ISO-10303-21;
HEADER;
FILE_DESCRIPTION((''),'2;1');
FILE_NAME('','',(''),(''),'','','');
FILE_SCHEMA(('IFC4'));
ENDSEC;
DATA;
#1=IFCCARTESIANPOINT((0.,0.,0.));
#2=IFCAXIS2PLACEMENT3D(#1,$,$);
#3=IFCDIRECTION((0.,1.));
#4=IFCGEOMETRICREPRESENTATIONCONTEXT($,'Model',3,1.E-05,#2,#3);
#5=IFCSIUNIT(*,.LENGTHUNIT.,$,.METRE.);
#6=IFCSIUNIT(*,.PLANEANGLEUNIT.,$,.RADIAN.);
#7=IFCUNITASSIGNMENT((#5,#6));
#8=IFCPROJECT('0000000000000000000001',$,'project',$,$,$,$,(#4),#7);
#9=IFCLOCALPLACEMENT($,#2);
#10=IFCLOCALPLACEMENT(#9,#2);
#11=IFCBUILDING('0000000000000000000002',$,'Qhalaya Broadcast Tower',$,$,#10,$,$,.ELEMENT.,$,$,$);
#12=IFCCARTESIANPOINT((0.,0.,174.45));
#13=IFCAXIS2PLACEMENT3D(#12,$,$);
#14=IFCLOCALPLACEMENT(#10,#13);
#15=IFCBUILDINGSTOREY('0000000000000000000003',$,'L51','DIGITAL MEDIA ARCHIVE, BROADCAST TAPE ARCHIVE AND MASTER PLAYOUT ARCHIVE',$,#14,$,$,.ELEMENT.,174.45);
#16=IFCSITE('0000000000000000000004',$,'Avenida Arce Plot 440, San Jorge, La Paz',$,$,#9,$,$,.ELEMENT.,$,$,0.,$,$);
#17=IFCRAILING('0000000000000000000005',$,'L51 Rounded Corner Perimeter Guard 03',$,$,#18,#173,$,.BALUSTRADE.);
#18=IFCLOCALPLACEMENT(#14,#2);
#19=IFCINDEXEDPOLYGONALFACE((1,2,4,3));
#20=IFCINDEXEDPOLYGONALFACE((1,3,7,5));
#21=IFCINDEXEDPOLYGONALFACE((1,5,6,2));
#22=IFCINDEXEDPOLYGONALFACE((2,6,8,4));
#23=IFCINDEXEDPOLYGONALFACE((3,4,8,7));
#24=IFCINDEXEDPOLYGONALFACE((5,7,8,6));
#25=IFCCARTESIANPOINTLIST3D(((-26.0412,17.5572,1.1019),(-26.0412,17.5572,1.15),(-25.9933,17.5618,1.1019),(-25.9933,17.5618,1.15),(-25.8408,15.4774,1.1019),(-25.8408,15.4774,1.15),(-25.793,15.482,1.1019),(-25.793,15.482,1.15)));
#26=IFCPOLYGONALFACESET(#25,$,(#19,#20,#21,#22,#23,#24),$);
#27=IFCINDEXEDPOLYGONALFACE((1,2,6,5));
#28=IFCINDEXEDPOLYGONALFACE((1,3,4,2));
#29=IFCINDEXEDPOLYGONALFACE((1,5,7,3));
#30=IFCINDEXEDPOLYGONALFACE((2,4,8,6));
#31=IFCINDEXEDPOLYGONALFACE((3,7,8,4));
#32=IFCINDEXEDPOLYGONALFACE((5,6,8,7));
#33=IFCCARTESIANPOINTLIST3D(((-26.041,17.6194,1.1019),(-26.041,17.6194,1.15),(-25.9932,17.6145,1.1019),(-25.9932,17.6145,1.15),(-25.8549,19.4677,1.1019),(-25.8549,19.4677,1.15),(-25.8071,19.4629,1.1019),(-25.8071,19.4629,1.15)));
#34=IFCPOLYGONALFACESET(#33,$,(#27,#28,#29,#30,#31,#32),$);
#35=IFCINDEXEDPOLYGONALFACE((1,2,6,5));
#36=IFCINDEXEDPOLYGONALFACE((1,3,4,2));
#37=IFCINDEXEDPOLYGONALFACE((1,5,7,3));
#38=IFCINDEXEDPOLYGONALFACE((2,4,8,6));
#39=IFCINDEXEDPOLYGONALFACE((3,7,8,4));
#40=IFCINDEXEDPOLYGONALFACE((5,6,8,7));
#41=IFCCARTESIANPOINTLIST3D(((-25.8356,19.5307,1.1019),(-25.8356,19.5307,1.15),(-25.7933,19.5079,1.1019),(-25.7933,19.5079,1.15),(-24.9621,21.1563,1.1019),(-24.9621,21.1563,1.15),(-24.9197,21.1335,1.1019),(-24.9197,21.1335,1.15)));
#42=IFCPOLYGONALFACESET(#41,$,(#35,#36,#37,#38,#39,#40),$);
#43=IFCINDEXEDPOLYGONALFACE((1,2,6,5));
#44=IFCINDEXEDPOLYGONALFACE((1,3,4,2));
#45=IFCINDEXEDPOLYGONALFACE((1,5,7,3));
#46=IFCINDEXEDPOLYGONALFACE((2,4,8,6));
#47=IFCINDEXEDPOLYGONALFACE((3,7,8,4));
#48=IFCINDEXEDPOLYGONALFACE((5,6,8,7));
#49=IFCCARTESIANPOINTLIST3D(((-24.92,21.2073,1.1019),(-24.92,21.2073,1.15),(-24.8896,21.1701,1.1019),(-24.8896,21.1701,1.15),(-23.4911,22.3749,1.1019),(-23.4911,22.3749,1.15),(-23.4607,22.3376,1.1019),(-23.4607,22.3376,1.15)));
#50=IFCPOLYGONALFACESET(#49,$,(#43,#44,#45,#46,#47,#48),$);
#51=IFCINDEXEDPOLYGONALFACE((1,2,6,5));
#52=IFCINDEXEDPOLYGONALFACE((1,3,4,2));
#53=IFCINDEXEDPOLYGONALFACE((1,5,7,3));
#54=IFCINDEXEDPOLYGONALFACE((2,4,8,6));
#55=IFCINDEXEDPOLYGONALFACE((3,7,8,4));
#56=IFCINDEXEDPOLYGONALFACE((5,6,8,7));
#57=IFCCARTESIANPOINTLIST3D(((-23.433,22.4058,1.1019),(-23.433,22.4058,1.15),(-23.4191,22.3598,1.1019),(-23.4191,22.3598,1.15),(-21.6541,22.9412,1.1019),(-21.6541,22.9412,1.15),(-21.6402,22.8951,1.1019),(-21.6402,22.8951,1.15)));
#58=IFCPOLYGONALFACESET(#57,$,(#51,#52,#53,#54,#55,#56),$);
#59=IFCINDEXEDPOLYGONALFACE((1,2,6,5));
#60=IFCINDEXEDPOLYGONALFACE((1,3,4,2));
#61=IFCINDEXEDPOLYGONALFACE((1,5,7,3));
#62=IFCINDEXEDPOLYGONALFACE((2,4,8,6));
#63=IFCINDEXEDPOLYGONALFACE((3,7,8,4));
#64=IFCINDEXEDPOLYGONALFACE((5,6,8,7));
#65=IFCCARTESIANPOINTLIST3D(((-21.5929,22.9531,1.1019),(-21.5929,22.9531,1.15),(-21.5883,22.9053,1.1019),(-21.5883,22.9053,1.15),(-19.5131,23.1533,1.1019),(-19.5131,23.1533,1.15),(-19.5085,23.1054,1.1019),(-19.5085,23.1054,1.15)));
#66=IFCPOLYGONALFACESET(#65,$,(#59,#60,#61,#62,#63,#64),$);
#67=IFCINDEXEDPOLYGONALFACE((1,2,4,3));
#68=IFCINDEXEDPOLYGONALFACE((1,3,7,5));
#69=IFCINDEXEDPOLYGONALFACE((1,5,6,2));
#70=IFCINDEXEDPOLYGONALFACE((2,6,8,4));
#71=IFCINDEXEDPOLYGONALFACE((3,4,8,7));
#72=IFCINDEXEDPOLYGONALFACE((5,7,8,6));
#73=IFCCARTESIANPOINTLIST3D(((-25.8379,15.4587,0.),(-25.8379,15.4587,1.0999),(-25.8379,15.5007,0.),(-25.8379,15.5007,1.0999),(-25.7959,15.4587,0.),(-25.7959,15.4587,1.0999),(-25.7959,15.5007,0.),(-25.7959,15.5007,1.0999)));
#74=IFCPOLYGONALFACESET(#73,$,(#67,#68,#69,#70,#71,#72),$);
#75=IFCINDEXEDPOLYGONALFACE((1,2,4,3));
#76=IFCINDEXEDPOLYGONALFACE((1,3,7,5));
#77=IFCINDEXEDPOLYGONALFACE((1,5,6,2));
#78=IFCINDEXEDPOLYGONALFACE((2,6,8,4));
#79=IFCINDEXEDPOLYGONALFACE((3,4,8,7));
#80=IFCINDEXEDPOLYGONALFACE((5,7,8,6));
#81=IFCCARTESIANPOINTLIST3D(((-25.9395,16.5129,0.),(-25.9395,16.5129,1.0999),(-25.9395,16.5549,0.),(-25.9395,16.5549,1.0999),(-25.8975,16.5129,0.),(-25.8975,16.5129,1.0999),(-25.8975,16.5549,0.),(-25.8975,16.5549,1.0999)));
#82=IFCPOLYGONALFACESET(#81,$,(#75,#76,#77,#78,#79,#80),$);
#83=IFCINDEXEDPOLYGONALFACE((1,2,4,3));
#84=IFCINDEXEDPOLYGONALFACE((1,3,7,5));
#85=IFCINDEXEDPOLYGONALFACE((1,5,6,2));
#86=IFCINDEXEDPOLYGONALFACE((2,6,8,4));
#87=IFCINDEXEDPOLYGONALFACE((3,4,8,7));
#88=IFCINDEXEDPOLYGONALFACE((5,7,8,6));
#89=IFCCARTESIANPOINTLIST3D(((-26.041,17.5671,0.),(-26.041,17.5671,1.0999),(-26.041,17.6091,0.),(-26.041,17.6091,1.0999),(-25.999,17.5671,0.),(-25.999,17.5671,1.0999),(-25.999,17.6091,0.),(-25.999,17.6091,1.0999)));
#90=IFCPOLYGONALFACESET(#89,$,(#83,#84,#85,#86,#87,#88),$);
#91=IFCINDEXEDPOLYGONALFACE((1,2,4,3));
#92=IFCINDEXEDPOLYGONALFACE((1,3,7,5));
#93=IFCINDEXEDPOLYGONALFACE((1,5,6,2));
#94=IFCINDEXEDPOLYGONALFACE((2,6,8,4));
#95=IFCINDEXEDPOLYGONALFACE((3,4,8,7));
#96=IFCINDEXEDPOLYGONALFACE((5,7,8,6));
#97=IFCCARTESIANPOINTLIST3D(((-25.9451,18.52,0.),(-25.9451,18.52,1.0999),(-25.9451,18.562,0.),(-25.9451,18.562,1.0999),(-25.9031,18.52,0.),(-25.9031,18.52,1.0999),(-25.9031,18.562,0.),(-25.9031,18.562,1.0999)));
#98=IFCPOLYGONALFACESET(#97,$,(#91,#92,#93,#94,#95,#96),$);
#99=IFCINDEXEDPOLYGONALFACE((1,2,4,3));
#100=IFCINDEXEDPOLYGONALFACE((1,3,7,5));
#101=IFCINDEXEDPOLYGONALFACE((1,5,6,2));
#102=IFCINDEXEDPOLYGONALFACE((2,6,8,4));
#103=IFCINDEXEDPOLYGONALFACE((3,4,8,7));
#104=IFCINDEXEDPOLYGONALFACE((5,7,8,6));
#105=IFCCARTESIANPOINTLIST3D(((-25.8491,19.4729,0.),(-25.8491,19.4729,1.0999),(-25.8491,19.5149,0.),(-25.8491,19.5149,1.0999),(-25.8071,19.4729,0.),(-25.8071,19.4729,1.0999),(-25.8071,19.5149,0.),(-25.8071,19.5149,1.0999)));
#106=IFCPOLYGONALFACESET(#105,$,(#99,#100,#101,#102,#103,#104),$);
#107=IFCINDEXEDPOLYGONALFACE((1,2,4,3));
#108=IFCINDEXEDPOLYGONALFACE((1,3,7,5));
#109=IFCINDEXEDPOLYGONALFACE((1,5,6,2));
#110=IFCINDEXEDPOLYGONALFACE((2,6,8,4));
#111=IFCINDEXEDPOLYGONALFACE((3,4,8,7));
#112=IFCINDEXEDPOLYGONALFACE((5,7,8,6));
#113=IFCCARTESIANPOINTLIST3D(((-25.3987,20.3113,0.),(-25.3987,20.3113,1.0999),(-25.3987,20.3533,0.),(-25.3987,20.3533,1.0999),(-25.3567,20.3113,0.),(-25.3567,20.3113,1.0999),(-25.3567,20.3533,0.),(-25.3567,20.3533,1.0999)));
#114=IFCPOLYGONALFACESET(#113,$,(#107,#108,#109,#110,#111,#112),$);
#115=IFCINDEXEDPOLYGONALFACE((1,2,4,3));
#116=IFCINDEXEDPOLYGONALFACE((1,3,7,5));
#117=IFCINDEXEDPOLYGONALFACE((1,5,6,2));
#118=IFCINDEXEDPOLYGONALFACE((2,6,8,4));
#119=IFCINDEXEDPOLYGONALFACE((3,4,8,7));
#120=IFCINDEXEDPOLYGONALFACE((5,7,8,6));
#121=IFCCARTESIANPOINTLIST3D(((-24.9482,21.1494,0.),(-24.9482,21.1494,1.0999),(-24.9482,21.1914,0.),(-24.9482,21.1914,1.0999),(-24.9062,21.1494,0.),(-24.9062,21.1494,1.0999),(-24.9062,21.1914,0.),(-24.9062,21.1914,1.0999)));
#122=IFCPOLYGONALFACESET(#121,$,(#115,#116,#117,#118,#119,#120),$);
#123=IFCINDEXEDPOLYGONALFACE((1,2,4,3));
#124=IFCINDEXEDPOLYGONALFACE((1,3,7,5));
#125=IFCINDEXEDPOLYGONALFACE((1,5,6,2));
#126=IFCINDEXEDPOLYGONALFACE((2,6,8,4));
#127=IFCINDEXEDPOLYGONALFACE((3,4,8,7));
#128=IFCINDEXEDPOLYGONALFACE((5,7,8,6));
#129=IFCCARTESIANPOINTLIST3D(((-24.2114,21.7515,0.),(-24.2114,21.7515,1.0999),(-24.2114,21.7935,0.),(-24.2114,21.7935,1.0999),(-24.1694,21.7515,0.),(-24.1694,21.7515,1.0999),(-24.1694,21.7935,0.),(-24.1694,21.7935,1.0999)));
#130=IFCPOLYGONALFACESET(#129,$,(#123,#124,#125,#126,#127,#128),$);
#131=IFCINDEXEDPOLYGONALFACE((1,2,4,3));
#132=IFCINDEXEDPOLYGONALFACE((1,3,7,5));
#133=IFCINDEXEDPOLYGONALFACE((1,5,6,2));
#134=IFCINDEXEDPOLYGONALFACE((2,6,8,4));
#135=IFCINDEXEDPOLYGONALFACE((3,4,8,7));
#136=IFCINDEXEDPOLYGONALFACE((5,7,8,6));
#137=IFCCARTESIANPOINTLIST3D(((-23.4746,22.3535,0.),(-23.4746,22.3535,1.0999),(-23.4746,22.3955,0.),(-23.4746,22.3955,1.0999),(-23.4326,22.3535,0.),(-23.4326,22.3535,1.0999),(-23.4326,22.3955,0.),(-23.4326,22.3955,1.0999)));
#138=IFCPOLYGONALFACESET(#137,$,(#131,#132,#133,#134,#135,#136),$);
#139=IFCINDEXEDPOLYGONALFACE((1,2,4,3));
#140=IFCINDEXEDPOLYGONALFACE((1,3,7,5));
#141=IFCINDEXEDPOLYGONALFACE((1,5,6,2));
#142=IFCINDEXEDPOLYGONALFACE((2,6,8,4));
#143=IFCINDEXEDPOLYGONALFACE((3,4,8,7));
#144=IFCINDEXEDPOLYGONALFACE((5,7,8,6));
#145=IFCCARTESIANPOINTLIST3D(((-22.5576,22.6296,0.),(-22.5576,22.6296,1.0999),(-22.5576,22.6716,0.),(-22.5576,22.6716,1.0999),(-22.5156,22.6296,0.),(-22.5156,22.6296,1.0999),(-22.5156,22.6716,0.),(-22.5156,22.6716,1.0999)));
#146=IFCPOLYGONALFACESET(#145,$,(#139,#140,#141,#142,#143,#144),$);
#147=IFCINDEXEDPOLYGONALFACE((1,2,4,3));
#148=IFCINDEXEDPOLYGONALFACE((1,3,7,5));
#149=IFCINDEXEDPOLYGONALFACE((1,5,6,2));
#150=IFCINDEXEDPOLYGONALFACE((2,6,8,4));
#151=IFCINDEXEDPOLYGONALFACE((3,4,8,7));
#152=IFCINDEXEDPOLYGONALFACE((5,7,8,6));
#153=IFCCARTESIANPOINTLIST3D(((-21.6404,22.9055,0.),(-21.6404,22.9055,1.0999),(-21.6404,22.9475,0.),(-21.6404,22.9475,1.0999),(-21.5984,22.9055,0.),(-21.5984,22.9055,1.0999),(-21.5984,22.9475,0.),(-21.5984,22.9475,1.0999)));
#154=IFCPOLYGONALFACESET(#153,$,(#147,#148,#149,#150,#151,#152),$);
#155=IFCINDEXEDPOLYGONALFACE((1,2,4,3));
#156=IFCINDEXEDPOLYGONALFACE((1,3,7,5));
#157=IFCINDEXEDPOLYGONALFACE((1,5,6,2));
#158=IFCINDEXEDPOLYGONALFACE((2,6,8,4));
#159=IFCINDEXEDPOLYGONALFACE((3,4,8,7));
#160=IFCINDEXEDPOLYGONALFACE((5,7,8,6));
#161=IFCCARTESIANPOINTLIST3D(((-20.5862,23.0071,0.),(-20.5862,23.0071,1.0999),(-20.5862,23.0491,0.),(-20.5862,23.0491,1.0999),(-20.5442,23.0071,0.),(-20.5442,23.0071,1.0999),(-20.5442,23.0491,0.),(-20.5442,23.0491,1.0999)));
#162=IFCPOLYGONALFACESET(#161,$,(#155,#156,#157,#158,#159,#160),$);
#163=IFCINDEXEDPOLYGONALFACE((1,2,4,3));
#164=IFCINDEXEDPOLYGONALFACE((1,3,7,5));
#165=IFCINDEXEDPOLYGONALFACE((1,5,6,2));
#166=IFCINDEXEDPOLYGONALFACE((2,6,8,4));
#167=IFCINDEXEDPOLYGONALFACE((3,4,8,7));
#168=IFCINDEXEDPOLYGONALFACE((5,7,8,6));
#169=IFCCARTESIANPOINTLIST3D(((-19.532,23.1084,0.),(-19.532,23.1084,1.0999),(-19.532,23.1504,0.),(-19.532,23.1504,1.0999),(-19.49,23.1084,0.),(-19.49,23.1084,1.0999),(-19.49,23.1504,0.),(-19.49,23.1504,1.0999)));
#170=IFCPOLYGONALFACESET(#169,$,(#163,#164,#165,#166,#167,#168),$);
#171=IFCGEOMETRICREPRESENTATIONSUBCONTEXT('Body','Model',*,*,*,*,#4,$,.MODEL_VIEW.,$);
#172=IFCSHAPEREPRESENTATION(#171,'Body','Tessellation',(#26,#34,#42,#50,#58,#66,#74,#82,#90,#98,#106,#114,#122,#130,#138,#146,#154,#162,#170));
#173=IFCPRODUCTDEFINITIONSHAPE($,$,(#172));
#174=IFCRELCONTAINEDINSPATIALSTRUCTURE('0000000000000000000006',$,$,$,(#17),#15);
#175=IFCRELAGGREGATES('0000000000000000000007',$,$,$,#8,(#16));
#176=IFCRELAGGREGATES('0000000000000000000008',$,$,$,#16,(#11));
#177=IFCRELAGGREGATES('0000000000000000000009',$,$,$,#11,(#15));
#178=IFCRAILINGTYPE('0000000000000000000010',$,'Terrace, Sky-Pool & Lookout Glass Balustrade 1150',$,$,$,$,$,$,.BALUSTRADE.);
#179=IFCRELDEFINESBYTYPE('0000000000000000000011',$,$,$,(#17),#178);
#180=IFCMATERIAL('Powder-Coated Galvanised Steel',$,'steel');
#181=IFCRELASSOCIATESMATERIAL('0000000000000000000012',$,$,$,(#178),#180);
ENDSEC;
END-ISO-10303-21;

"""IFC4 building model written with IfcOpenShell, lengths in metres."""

from ifc_helpers import new_model, si_unit, direction, frame, origin, origin_2d, place, context, subcontext, project, spatial, rectangle, extrude, material, type_object, element, save


model = new_model("IFC4")

# Units and contexts
model_context = context("Model", 3, precision=1e-05, world=origin(), true_north=direction((0.0, 1.0)))
body_context = subcontext(model_context, "Body", "Model", "MODEL_VIEW")
ifc_project = project(units=[si_unit("LENGTHUNIT", "METRE"), si_unit("PLANEANGLEUNIT", "RADIAN")], contexts=[model_context])

# Site, building, storey
site_placement = place(None, origin())
site = spatial("IfcSite", under=ifc_project, at=site_placement, Name="Avenida Arce Plot 440, San Jorge, La Paz", CompositionType="ELEMENT", RefElevation=0.0)
building_placement = place(site_placement, origin())
building = spatial("IfcBuilding", under=site, at=building_placement, Name="Qhalaya Broadcast Tower", CompositionType="ELEMENT")
storey_placement = place(building_placement, frame((0.0, 0.0, 174.45)))
storey = spatial("IfcBuildingStorey", under=building, at=storey_placement, Name="L51", Description="DIGITAL MEDIA ARCHIVE, BROADCAST TAPE ARCHIVE AND MASTER PLAYOUT ARCHIVE", CompositionType="ELEMENT", Elevation=174.45)

# Railing
ifc_material_1 = material(Name="Powder-Coated Galvanised Steel", Category="steel")
railing_type = type_object("IfcRailingType", Name="Terrace, Sky-Pool & Lookout Glass Balustrade 1150", PredefinedType="BALUSTRADE", material=ifc_material_1)
railing_placement = place(storey_placement, frame((-25.8169, 15.4797, 0.0)))
element("IfcRailing", 1, at=railing_placement, inside=storey, type_object=railing_type, Name="L51 Rounded Corner Perimeter Guard 03", PredefinedType="BALUSTRADE", context=body_context, shape_type="SweptSolid", body=[
    extrude(rectangle(XDim=0.0481, YDim=0.0481, at=origin_2d()), frame((0.0, 0.0, 1.126), z_axis=(-0.095897, 0.995391, 0.0), x_axis=(-0.995391, -0.095897, 0.0)), (0.0, 0.0, 1.0), 2.0894),
    extrude(rectangle(XDim=0.0481, YDim=0.0481, at=origin_2d()), frame((-0.2002, 2.1372, 1.126), z_axis=(0.100185, 0.994969, 0.0), x_axis=(-0.994969, 0.100185, 0.0)), (0.0, 0.0, 1.0), 1.8577),
    extrude(rectangle(XDim=0.0481, YDim=0.0481, at=origin_2d()), frame((0.0024, 4.0396, 1.126), z_axis=(0.473342, 0.880879, 0.0), x_axis=(-0.880879, 0.473342, 0.0)), (0.0, 0.0, 1.0), 1.8455),
    extrude(rectangle(XDim=0.0481, YDim=0.0481, at=origin_2d()), frame((0.9121, 5.709, 1.126), z_axis=(0.774369, 0.632735, 0.0), x_axis=(-0.632735, 0.774369, 0.0)), (0.0, 0.0, 1.0), 1.8452),
    extrude(rectangle(XDim=0.0481, YDim=0.0481, at=origin_2d()), frame((2.3909, 6.9031, 1.126), z_axis=(0.957577, 0.288178, 0.0), x_axis=(-0.288178, 0.957577, 0.0)), (0.0, 0.0, 1.0), 1.8577),
    extrude(rectangle(XDim=0.0481, YDim=0.0481, at=origin_2d()), frame((4.2263, 7.4495, 1.126), z_axis=(0.995402, 0.095783, 0.0), x_axis=(-0.095783, 0.995402, 0.0)), (0.0, 0.0, 1.0), 2.0894),
    extrude(rectangle(XDim=0.042, YDim=0.042, at=origin_2d()), origin(), (0.0, 0.0, 1.0), 1.0999),
    extrude(rectangle(XDim=0.042, YDim=0.042, at=origin_2d()), frame((-0.1016, 1.0542, 0.0)), (0.0, 0.0, 1.0), 1.0999),
    extrude(rectangle(XDim=0.042, YDim=0.042, at=origin_2d()), frame((-0.2031, 2.1084, 0.0)), (0.0, 0.0, 1.0), 1.0999),
    extrude(rectangle(XDim=0.042, YDim=0.042, at=origin_2d()), frame((-0.1072, 3.0613, 0.0)), (0.0, 0.0, 1.0), 1.0999),
    extrude(rectangle(XDim=0.042, YDim=0.042, at=origin_2d()), frame((-0.0112, 4.0142, 0.0)), (0.0, 0.0, 1.0), 1.0999),
    extrude(rectangle(XDim=0.042, YDim=0.042, at=origin_2d()), frame((0.4392, 4.8525, 0.0)), (0.0, 0.0, 1.0), 1.0999),
    extrude(rectangle(XDim=0.042, YDim=0.042, at=origin_2d()), frame((0.8896, 5.6907, 0.0)), (0.0, 0.0, 1.0), 1.0999),
    extrude(rectangle(XDim=0.042, YDim=0.042, at=origin_2d()), frame((1.6265, 6.2927, 0.0)), (0.0, 0.0, 1.0), 1.0999),
    extrude(rectangle(XDim=0.042, YDim=0.042, at=origin_2d()), frame((2.3633, 6.8948, 0.0)), (0.0, 0.0, 1.0), 1.0999),
    extrude(rectangle(XDim=0.042, YDim=0.042, at=origin_2d()), frame((3.2803, 7.1709, 0.0)), (0.0, 0.0, 1.0), 1.0999),
    extrude(rectangle(XDim=0.042, YDim=0.042, at=origin_2d()), frame((4.1975, 7.4468, 0.0)), (0.0, 0.0, 1.0), 1.0999),
    extrude(rectangle(XDim=0.042, YDim=0.042, at=origin_2d()), frame((5.2517, 7.5483, 0.0)), (0.0, 0.0, 1.0), 1.0999),
    extrude(rectangle(XDim=0.042, YDim=0.042, at=origin_2d()), frame((6.3059, 7.6497, 0.0)), (0.0, 0.0, 1.0), 1.0999),
])

save(model, "model.ifc")
